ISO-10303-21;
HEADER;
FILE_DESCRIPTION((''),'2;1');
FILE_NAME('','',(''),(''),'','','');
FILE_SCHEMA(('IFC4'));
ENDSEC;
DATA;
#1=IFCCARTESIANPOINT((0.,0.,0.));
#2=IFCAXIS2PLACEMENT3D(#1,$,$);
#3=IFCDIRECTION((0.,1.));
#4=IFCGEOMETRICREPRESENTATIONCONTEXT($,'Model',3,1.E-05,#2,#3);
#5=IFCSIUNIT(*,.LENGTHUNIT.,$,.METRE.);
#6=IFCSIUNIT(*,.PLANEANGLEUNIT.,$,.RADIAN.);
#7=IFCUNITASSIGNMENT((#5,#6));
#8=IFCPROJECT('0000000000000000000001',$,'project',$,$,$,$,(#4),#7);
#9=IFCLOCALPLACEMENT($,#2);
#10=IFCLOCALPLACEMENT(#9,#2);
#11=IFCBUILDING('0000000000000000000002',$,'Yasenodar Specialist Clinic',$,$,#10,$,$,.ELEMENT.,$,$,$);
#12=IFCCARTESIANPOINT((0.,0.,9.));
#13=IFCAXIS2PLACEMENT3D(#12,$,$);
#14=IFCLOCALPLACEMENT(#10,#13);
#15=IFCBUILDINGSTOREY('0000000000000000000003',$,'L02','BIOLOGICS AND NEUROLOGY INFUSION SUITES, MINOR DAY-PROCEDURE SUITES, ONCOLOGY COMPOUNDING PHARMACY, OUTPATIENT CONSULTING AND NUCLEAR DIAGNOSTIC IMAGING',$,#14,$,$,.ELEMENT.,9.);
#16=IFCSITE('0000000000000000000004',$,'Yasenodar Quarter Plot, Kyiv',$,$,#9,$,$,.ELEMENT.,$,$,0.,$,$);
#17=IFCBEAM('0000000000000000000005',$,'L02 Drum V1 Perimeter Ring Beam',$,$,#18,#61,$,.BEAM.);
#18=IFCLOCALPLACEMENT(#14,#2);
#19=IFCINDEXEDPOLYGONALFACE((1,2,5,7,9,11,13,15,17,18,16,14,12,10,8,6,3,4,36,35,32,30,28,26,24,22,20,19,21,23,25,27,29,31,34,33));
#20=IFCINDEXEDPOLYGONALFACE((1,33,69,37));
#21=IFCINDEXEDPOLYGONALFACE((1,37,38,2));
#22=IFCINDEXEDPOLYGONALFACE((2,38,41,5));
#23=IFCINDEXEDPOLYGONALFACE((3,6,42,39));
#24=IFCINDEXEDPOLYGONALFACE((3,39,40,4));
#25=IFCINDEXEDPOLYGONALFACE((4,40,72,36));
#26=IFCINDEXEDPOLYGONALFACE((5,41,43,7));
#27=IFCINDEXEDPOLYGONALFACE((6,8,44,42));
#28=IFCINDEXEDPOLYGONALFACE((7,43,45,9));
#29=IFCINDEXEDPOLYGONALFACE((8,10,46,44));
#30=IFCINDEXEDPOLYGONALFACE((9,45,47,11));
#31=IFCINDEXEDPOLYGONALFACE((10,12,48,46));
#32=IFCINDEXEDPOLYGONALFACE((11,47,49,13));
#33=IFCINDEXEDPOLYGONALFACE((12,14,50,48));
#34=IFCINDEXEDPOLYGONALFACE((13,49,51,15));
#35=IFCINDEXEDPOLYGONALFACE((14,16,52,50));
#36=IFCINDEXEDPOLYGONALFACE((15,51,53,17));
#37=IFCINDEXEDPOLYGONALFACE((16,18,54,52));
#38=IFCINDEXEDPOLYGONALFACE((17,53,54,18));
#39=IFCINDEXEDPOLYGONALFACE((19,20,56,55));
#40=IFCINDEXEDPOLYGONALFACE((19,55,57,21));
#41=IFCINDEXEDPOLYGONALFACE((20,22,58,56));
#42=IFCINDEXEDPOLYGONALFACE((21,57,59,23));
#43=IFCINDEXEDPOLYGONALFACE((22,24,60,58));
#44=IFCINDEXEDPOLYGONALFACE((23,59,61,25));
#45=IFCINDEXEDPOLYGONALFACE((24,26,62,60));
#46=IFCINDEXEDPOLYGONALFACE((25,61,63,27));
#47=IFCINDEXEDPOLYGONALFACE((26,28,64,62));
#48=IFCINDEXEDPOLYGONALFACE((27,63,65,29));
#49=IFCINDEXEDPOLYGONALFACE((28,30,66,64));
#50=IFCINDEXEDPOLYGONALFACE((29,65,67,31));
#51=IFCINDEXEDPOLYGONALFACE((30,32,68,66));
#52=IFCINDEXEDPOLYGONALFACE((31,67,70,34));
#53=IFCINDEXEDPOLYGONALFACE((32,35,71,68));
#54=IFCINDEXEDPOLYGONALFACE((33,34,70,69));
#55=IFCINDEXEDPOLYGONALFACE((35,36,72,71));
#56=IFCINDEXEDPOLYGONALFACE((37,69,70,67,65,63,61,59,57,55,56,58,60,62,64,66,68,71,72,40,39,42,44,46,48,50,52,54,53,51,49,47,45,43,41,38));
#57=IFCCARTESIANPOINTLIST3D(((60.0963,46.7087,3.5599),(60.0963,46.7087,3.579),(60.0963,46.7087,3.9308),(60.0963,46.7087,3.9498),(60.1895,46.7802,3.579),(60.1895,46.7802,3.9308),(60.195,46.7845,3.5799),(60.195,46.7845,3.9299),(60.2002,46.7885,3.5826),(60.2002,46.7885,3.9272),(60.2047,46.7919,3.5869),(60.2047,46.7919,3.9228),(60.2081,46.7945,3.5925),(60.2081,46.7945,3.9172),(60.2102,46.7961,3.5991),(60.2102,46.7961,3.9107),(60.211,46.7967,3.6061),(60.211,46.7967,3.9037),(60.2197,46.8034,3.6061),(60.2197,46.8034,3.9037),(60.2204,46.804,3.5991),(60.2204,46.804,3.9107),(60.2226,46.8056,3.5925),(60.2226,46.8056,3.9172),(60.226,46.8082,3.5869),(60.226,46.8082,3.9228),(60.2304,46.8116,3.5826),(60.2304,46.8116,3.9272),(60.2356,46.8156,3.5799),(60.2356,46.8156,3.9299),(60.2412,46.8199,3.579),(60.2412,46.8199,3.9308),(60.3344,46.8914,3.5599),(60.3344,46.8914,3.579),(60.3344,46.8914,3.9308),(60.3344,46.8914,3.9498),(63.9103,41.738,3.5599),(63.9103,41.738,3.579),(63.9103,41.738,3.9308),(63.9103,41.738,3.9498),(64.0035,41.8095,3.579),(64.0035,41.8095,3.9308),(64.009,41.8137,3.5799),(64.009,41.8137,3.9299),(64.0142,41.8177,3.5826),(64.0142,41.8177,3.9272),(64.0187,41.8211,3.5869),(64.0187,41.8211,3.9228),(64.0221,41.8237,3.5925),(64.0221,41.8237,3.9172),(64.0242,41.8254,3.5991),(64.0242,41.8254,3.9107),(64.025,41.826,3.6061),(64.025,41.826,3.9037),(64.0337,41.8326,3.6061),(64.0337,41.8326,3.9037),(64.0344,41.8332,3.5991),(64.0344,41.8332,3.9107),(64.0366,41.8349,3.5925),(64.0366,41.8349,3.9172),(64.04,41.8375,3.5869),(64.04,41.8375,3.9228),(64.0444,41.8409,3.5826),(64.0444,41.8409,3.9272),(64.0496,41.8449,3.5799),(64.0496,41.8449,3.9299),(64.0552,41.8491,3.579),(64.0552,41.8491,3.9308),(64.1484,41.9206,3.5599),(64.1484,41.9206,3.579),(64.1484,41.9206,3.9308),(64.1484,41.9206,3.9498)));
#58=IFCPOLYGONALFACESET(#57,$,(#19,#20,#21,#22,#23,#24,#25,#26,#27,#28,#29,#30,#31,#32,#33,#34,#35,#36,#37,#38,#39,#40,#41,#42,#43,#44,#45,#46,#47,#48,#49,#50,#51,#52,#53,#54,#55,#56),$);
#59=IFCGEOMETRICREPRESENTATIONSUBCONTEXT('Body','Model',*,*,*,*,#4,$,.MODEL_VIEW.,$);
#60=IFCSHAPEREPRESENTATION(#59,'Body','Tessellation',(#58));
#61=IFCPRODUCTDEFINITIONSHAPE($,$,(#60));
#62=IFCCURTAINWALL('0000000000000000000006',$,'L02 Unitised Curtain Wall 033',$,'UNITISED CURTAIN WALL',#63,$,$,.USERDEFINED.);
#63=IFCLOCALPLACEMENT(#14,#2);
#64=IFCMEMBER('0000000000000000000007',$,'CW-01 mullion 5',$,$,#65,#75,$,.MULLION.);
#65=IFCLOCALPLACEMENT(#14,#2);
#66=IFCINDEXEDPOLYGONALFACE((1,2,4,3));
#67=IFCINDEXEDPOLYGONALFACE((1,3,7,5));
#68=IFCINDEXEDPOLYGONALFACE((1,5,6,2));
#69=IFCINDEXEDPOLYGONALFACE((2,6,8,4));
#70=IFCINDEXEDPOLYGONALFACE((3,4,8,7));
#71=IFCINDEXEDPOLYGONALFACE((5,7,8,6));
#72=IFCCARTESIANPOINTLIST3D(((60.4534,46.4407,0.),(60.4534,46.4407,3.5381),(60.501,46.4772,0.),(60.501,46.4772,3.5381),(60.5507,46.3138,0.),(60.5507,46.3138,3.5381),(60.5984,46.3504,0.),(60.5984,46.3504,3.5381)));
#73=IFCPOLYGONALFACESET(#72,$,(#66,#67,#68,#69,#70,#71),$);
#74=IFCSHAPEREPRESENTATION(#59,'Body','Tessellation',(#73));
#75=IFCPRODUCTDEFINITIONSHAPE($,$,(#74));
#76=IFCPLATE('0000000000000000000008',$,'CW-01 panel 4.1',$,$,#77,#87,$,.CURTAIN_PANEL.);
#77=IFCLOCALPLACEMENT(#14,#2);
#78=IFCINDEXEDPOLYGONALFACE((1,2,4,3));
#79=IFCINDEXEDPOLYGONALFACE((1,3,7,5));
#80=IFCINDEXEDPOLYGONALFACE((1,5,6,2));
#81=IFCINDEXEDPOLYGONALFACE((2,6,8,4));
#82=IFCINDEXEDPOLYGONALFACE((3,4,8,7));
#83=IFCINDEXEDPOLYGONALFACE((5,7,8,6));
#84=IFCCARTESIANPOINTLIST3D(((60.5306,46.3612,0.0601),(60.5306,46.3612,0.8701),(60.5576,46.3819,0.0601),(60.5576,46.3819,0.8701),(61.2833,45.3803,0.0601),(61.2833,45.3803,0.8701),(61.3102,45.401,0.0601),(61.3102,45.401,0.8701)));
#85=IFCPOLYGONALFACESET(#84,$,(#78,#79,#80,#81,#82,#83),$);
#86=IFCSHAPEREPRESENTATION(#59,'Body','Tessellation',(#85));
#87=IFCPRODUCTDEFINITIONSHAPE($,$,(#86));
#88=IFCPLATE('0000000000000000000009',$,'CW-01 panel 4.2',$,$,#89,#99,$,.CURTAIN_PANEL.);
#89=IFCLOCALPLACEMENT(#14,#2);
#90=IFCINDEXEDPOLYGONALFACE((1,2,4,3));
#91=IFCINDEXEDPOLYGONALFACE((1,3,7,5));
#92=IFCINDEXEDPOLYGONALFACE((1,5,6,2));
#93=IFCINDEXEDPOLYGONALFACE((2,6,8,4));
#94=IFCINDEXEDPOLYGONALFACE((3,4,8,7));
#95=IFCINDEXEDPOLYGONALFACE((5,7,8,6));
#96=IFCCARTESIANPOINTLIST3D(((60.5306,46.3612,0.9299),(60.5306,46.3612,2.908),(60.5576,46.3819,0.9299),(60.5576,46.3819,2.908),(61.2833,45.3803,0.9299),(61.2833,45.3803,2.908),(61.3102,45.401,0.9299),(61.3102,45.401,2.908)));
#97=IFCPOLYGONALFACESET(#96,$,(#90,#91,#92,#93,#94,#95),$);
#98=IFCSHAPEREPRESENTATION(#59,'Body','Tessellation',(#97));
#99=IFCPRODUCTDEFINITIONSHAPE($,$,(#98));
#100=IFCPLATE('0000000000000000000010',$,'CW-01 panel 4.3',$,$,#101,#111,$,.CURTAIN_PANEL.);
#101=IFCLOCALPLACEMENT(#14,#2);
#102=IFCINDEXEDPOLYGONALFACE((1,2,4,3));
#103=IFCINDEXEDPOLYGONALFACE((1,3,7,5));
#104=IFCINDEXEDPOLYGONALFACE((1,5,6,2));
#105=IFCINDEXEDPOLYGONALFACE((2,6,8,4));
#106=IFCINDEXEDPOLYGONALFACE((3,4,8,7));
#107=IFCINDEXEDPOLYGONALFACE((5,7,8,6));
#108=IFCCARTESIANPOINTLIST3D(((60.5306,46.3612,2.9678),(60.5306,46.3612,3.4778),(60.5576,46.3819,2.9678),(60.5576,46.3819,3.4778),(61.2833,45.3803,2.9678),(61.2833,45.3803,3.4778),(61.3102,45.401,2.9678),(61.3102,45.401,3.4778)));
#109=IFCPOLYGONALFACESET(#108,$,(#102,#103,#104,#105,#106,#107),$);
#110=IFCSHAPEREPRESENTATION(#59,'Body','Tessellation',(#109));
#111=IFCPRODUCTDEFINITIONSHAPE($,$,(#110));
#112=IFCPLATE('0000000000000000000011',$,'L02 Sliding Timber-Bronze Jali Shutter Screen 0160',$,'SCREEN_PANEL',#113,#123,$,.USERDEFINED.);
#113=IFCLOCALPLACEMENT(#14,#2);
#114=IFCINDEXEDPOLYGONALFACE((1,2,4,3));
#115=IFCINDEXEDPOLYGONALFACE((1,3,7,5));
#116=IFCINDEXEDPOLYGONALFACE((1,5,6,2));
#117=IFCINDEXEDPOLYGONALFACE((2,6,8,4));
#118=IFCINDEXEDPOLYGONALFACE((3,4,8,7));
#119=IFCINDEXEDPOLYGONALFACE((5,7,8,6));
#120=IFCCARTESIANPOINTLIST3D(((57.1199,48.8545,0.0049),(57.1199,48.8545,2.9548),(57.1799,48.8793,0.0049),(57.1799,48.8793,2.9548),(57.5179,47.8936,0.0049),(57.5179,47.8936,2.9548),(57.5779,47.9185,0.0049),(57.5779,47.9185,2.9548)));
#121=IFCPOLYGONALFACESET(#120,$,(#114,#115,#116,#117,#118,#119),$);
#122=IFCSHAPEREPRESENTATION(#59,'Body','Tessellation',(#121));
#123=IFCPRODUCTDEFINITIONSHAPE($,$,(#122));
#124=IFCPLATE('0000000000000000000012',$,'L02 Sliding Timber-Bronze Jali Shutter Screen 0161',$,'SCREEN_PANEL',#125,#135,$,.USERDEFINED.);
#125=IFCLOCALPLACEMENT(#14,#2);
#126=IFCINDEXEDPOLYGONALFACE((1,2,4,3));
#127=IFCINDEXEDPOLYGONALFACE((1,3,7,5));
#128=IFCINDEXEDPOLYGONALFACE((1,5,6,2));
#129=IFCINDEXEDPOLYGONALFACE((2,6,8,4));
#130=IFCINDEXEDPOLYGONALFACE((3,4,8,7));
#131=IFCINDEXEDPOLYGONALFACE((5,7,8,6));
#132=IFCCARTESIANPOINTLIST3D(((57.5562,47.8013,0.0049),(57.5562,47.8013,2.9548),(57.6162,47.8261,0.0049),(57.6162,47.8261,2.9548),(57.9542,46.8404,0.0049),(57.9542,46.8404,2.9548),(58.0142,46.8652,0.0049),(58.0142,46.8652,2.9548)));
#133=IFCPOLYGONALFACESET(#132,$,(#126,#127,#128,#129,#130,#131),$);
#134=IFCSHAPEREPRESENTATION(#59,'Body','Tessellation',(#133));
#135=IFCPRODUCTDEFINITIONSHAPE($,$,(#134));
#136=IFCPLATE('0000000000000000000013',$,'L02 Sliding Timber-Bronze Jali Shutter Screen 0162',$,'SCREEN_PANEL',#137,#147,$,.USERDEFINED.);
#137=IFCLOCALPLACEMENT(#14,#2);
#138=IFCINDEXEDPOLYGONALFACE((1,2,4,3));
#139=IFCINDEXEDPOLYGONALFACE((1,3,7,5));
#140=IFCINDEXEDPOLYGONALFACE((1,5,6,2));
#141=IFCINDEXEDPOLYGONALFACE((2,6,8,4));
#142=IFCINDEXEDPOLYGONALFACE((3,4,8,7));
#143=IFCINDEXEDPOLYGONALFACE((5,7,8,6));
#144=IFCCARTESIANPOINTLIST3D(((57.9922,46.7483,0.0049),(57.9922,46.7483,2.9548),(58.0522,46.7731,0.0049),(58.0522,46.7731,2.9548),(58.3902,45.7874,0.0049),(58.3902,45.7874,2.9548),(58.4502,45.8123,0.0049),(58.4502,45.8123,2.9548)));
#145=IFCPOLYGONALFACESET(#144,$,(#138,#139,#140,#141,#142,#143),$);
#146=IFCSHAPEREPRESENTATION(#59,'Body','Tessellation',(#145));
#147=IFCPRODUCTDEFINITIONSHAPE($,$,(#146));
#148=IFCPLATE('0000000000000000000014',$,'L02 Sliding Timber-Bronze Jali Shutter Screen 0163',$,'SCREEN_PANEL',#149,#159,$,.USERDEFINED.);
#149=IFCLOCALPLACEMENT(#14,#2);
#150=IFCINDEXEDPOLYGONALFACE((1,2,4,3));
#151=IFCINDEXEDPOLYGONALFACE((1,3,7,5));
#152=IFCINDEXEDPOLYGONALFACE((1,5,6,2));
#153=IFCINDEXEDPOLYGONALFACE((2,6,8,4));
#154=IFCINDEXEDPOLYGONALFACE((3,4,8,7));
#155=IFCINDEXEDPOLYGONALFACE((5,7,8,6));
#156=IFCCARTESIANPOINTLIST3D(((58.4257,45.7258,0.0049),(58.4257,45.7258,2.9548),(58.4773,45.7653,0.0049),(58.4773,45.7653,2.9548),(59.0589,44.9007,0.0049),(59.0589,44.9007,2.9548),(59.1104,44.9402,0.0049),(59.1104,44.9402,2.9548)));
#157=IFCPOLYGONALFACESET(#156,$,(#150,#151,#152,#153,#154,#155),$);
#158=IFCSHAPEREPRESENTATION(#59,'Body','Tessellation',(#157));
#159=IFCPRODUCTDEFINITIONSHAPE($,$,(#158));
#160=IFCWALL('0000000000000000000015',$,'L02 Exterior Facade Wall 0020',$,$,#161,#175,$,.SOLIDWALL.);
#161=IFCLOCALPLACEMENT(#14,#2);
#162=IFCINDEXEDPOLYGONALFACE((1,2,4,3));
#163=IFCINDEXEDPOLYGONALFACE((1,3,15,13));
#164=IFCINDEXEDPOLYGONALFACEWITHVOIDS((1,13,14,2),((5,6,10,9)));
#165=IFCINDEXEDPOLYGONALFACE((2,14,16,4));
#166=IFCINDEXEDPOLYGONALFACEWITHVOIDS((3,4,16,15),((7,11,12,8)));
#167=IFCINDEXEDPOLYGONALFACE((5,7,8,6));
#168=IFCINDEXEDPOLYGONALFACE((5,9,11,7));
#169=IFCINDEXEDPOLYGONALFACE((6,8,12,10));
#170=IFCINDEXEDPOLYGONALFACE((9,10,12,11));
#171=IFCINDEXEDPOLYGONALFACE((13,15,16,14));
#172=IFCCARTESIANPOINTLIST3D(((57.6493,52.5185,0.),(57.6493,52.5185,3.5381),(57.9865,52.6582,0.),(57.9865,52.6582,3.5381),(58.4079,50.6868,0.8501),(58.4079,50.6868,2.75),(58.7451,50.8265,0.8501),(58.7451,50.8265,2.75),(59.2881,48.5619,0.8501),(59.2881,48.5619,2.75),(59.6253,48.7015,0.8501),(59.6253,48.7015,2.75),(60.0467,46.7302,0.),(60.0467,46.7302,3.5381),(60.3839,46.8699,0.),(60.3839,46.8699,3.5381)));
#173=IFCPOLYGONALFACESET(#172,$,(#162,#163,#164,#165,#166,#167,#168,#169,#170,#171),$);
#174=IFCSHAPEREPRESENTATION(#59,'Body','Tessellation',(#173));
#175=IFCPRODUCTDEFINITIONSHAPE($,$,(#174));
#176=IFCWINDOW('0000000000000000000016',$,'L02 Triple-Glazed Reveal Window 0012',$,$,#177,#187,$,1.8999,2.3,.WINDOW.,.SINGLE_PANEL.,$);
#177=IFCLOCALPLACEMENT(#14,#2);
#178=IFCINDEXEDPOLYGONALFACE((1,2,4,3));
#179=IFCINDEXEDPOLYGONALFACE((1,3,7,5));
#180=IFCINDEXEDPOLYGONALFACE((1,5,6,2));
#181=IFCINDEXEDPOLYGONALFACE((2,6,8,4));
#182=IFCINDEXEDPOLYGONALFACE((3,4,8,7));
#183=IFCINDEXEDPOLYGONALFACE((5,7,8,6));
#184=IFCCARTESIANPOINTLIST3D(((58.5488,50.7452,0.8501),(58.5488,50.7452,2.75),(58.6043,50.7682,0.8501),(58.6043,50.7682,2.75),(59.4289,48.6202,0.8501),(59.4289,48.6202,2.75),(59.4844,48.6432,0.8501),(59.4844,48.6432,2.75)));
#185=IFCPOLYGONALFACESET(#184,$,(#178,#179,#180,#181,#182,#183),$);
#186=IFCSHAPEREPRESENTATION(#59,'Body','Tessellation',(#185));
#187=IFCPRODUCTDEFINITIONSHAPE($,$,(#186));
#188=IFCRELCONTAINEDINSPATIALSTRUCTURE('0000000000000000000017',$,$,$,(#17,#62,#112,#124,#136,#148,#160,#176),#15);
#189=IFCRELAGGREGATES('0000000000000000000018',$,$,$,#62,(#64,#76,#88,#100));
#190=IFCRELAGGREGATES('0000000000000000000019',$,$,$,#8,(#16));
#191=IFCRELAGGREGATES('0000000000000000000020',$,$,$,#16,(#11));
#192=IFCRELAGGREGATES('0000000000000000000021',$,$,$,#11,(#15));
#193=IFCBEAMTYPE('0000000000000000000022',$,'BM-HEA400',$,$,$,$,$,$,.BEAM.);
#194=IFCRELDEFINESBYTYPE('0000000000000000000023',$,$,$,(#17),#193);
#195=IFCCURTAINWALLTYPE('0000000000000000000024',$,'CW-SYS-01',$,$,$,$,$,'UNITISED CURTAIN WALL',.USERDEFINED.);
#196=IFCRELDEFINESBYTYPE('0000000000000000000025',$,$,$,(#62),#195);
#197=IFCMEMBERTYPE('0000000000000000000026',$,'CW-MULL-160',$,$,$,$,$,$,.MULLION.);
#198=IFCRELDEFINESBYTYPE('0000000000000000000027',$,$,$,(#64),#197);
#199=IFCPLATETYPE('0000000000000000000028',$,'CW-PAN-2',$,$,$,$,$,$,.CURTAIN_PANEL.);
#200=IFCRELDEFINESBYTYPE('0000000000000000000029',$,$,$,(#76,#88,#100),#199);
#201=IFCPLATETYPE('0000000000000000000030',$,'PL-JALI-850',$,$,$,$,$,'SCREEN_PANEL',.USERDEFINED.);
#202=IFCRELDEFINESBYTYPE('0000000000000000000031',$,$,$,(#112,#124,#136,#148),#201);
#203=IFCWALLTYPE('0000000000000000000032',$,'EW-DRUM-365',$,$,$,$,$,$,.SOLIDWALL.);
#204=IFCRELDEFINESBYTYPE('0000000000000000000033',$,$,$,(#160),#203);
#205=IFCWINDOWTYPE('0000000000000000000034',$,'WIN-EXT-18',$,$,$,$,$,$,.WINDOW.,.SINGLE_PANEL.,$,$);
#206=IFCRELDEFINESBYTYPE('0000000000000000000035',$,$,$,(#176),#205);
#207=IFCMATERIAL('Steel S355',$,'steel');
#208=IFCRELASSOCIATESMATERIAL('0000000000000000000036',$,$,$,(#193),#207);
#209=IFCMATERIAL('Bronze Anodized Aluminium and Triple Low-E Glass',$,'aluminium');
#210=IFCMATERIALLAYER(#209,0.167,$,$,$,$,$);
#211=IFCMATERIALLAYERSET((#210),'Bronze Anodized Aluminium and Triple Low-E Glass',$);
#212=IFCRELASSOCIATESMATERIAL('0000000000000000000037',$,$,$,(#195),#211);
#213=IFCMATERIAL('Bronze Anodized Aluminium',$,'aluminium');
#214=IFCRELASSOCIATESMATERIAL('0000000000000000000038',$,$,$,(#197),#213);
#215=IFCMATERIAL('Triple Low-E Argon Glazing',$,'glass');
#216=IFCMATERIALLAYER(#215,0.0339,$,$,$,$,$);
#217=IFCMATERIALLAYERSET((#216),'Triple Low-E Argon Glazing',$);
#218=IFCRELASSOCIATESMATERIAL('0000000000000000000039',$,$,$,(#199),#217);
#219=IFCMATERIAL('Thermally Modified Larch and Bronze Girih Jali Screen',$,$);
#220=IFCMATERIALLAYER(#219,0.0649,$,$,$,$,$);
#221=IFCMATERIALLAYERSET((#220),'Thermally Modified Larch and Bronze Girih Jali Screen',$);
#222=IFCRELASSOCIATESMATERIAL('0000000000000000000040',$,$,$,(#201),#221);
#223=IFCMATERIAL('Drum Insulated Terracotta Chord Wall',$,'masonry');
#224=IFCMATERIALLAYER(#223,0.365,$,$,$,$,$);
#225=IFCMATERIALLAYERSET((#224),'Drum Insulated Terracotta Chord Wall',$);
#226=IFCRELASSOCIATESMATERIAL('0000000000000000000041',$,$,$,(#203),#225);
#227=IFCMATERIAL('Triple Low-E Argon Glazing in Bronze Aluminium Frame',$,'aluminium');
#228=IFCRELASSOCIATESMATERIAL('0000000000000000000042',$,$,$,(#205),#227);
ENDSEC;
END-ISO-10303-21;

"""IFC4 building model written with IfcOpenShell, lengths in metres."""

from ifc_helpers import new_model, si_unit, direction, frame, frame_2d, origin, origin_2d, place, context, subcontext, project, spatial, rectangle, i_section, extrude, material, layer, layer_set, material_profile, profile_set, type_object, element, fill, aggregate, save


model = new_model("IFC4")

# Units and contexts
model_context = context("Model", 3, precision=1e-05, world=origin(), true_north=direction((0.0, 1.0)))
body_context = subcontext(model_context, "Body", "Model", "MODEL_VIEW")
ifc_project = project(units=[si_unit("LENGTHUNIT", "METRE"), si_unit("PLANEANGLEUNIT", "RADIAN")], contexts=[model_context])

# Site, building, storey
site_placement = place(None, origin())
site = spatial("IfcSite", under=ifc_project, at=site_placement, Name="Yasenodar Quarter Plot, Kyiv", CompositionType="ELEMENT", RefElevation=0.0)
building_placement = place(site_placement, origin())
building = spatial("IfcBuilding", under=site, at=building_placement, Name="Yasenodar Specialist Clinic", CompositionType="ELEMENT")
storey_placement = place(building_placement, frame((0.0, 0.0, 9.0)))
storey = spatial("IfcBuildingStorey", under=building, at=storey_placement, Name="L02", Description="BIOLOGICS AND NEUROLOGY INFUSION SUITES, MINOR DAY-PROCEDURE SUITES, ONCOLOGY COMPOUNDING PHARMACY, OUTPATIENT CONSULTING AND NUCLEAR DIAGNOSTIC IMAGING", CompositionType="ELEMENT", Elevation=9.0)

# Shared definitions
ifc_material_1 = material(Name="Steel S355", Category="steel")

# Beam
ifc_material_profile_1 = material_profile(ifc_material_1, i_section(OverallWidth=0.3, OverallDepth=0.3899, WebThickness=0.011, FlangeThickness=0.019, FilletRadius=0.0271, at=origin_2d()), Name="HEA 400")
ifc_profile_set_1 = profile_set([ifc_material_profile_1], Name="Steel S355")
beam_type = type_object("IfcBeamType", Name="BM-HEA400", PredefinedType="BEAM", material=ifc_profile_set_1)
beam_1_placement = place(storey_placement, frame((60.2153, 46.8, 3.7549), z_axis=(0.608742, -0.793368, 0.0), x_axis=(0.793368, 0.608742, 0.0)))
element("IfcBeam", 1, at=beam_1_placement, inside=storey, type_object=beam_type, Name="L02 Drum V1 Perimeter Ring Beam", PredefinedType="BEAM", context=body_context, shape_type="SweptSolid", body=[
    extrude(i_section(OverallWidth=0.3, OverallDepth=0.3899, WebThickness=0.011, FlangeThickness=0.019, FilletRadius=0.0271, at=origin_2d()), origin(), (0.0, 0.0, 1.0), 6.2654),
])

# Curtain wall, member, plates
ifc_material_2 = material(Name="Bronze Anodized Aluminium and Triple Low-E Glass", Category="aluminium")
ifc_layer_1 = layer(ifc_material_2, 0.167)
ifc_layer_set_1 = layer_set([ifc_layer_1], Name="Bronze Anodized Aluminium and Triple Low-E Glass")
curtain_wall_type = type_object("IfcCurtainWallType", Name="CW-SYS-01", ElementType="UNITISED CURTAIN WALL", PredefinedType="USERDEFINED", material=ifc_layer_set_1)
curtain_wall_placement = place(storey_placement, origin())
curtain_wall = element("IfcCurtainWall", 2, at=curtain_wall_placement, inside=storey, type_object=curtain_wall_type, Name="L02 Unitised Curtain Wall 033", ObjectType="UNITISED CURTAIN WALL", PredefinedType="USERDEFINED")
ifc_material_3 = material(Name="Bronze Anodized Aluminium", Category="aluminium")
ifc_material_profile_2 = material_profile(ifc_material_3, rectangle(XDim=0.0601, YDim=0.1599, at=origin_2d()), Name="CW-MULL 60x160")
ifc_profile_set_2 = profile_set([ifc_material_profile_2], Name="Bronze Anodized Aluminium")
member_type = type_object("IfcMemberType", Name="CW-MULL-160", PredefinedType="MULLION", material=ifc_profile_set_2)
member_placement = place(storey_placement, frame((60.5259, 46.3955, 0.0), z_axis=(0.0, 0.0, 1.0), x_axis=(-0.793361, -0.608752, 0.0)))
member = element("IfcMember", 3, at=member_placement, type_object=member_type, Name="CW-01 mullion 5", PredefinedType="MULLION", context=body_context, shape_type="SweptSolid", body=[
    extrude(rectangle(XDim=0.0601, YDim=0.1599, at=origin_2d()), origin(), (0.0, 0.0, 1.0), 3.5381),
])
ifc_material_4 = material(Name="Triple Low-E Argon Glazing", Category="glass")
ifc_layer_2 = layer(ifc_material_4, 0.0339)
ifc_layer_set_2 = layer_set([ifc_layer_2], Name="Triple Low-E Argon Glazing")
plate_type_1 = type_object("IfcPlateType", Name="CW-PAN-2", PredefinedType="CURTAIN_PANEL", material=ifc_layer_set_2)
plate_1_placement = place(storey_placement, frame((60.9204, 45.8811, 0.0601), z_axis=(0.0, 0.0, 1.0), x_axis=(-0.608752, 0.793361, 0.0)))
plate_1 = element("IfcPlate", 4, at=plate_1_placement, type_object=plate_type_1, Name="CW-01 panel 4.1", PredefinedType="CURTAIN_PANEL", context=body_context, shape_type="SweptSolid", body=[
    extrude(rectangle(XDim=1.2363, YDim=0.0339, at=origin_2d()), origin(), (0.0, 0.0, 1.0), 0.8101),
])
plate_2_placement = place(storey_placement, frame((60.9204, 45.8811, 0.9299), z_axis=(0.0, 0.0, 1.0), x_axis=(-0.608752, 0.793361, 0.0)))
plate_2 = element("IfcPlate", 5, at=plate_2_placement, type_object=plate_type_1, Name="CW-01 panel 4.2", PredefinedType="CURTAIN_PANEL", context=body_context, shape_type="SweptSolid", body=[
    extrude(rectangle(XDim=1.2363, YDim=0.0339, at=origin_2d()), origin(), (0.0, 0.0, 1.0), 1.978),
])
plate_3_placement = place(storey_placement, frame((60.9204, 45.8811, 2.9678), z_axis=(0.0, 0.0, 1.0), x_axis=(-0.608752, 0.793361, 0.0)))
plate_3 = element("IfcPlate", 6, at=plate_3_placement, type_object=plate_type_1, Name="CW-01 panel 4.3", PredefinedType="CURTAIN_PANEL", context=body_context, shape_type="SweptSolid", body=[
    extrude(rectangle(XDim=1.2363, YDim=0.0339, at=origin_2d()), origin(), (0.0, 0.0, 1.0), 0.51),
])
aggregate(curtain_wall, [member, plate_1, plate_2, plate_3])

# Plates
ifc_material_5 = material(Name="Thermally Modified Larch and Bronze Girih Jali Screen")
ifc_layer_3 = layer(ifc_material_5, 0.0649)
ifc_layer_set_3 = layer_set([ifc_layer_3], Name="Thermally Modified Larch and Bronze Girih Jali Screen")
plate_type_2 = type_object("IfcPlateType", Name="PL-JALI-850", ElementType="SCREEN_PANEL", PredefinedType="USERDEFINED", material=ifc_layer_set_3)
for number, where, z_axis, x_axis, name in (
    (7, (57.3489, 48.3865, 0.0049), (0.0, 0.0, 1.0), (0.382687, -0.923878, 0.0), "L02 Sliding Timber-Bronze Jali Shutter Screen 0160"),
    (8, (57.7852, 47.3333, 0.0049), (0.0, 0.0, 1.0), (0.382687, -0.923878, 0.0), "L02 Sliding Timber-Bronze Jali Shutter Screen 0161"),
    (9, (58.2212, 46.2803, 0.0049), (0.0, 0.0, 1.0), (0.382687, -0.923878, 0.0), "L02 Sliding Timber-Bronze Jali Shutter Screen 0162"),
    (10, (58.7681, 45.333, 0.0049), (0.0, 0.0, 1.0), (0.608764, -0.793351, 0.0), "L02 Sliding Timber-Bronze Jali Shutter Screen 0163"),
):
    element("IfcPlate", number, at=place(storey_placement, frame(where, z_axis=z_axis, x_axis=x_axis)), inside=storey, type_object=plate_type_2, Name=name, ObjectType="SCREEN_PANEL", PredefinedType="USERDEFINED", context=body_context, shape_type="SweptSolid", body=[
        extrude(rectangle(XDim=1.04, YDim=0.0649, at=origin_2d()), origin(), (0.0, 0.0, 1.0), 2.95),
    ])

# Wall, opening, window
ifc_material_6 = material(Name="Drum Insulated Terracotta Chord Wall", Category="masonry")
ifc_layer_4 = layer(ifc_material_6, 0.365)
ifc_layer_set_4 = layer_set([ifc_layer_4], Name="Drum Insulated Terracotta Chord Wall")
wall_type_1 = type_object("IfcWallType", Name="EW-DRUM-365", PredefinedType="SOLIDWALL", material=ifc_layer_set_4)
wall_1_placement = place(storey_placement, frame((60.2153, 46.8, 0.0), z_axis=(0.0, 0.0, 1.0), x_axis=(-0.382664, 0.923888, 0.0)))
wall_1 = element("IfcWall", 11, at=wall_1_placement, inside=storey, type_object=wall_type_1, Name="L02 Exterior Facade Wall 0020", PredefinedType="SOLIDWALL", context=body_context, shape_type="SweptSolid", body=[
    extrude(rectangle(XDim=6.2651, YDim=0.365, at=frame_2d((3.1326, 0.0))), origin(), (0.0, 0.0, 1.0), 3.5381),
])
opening_placement = place(wall_1_placement, frame((1.9827, 0.0, 0.8501)))
opening = element("IfcOpeningElement", 12, at=opening_placement, cuts=wall_1, PredefinedType="OPENING", context=body_context, shape_type="SweptSolid", body=[
    extrude(rectangle(XDim=2.3, YDim=1.8999, at=frame_2d((1.1499, 0.95))), frame((0.0, 0.1924, 0.0), z_axis=(0.0, -1.0, 0.0), x_axis=(1.0, 0.0, 0.0)), (0.0, 0.0, 1.0), 0.385),
])
ifc_material_7 = material(Name="Triple Low-E Argon Glazing in Bronze Aluminium Frame", Category="aluminium")
window_type = type_object("IfcWindowType", Name="WIN-EXT-18", PartitioningType="SINGLE_PANEL", PredefinedType="WINDOW", material=ifc_material_7)
window_placement = place(opening_placement, origin())
window = element("IfcWindow", 13, at=window_placement, inside=storey, type_object=window_type, Name="L02 Triple-Glazed Reveal Window 0012", OverallHeight=1.8999, OverallWidth=2.3, PartitioningType="SINGLE_PANEL", PredefinedType="WINDOW", context=body_context, shape_type="SweptSolid", body=[
    extrude(rectangle(XDim=2.3, YDim=1.8999, at=frame_2d((1.1499, 0.95))), frame((0.0, 0.03, 0.0), z_axis=(0.0, -1.0, 0.0), x_axis=(1.0, 0.0, 0.0)), (0.0, 0.0, 1.0), 0.0601),
])
fill(opening, window)

save(model, "model.ifc")
